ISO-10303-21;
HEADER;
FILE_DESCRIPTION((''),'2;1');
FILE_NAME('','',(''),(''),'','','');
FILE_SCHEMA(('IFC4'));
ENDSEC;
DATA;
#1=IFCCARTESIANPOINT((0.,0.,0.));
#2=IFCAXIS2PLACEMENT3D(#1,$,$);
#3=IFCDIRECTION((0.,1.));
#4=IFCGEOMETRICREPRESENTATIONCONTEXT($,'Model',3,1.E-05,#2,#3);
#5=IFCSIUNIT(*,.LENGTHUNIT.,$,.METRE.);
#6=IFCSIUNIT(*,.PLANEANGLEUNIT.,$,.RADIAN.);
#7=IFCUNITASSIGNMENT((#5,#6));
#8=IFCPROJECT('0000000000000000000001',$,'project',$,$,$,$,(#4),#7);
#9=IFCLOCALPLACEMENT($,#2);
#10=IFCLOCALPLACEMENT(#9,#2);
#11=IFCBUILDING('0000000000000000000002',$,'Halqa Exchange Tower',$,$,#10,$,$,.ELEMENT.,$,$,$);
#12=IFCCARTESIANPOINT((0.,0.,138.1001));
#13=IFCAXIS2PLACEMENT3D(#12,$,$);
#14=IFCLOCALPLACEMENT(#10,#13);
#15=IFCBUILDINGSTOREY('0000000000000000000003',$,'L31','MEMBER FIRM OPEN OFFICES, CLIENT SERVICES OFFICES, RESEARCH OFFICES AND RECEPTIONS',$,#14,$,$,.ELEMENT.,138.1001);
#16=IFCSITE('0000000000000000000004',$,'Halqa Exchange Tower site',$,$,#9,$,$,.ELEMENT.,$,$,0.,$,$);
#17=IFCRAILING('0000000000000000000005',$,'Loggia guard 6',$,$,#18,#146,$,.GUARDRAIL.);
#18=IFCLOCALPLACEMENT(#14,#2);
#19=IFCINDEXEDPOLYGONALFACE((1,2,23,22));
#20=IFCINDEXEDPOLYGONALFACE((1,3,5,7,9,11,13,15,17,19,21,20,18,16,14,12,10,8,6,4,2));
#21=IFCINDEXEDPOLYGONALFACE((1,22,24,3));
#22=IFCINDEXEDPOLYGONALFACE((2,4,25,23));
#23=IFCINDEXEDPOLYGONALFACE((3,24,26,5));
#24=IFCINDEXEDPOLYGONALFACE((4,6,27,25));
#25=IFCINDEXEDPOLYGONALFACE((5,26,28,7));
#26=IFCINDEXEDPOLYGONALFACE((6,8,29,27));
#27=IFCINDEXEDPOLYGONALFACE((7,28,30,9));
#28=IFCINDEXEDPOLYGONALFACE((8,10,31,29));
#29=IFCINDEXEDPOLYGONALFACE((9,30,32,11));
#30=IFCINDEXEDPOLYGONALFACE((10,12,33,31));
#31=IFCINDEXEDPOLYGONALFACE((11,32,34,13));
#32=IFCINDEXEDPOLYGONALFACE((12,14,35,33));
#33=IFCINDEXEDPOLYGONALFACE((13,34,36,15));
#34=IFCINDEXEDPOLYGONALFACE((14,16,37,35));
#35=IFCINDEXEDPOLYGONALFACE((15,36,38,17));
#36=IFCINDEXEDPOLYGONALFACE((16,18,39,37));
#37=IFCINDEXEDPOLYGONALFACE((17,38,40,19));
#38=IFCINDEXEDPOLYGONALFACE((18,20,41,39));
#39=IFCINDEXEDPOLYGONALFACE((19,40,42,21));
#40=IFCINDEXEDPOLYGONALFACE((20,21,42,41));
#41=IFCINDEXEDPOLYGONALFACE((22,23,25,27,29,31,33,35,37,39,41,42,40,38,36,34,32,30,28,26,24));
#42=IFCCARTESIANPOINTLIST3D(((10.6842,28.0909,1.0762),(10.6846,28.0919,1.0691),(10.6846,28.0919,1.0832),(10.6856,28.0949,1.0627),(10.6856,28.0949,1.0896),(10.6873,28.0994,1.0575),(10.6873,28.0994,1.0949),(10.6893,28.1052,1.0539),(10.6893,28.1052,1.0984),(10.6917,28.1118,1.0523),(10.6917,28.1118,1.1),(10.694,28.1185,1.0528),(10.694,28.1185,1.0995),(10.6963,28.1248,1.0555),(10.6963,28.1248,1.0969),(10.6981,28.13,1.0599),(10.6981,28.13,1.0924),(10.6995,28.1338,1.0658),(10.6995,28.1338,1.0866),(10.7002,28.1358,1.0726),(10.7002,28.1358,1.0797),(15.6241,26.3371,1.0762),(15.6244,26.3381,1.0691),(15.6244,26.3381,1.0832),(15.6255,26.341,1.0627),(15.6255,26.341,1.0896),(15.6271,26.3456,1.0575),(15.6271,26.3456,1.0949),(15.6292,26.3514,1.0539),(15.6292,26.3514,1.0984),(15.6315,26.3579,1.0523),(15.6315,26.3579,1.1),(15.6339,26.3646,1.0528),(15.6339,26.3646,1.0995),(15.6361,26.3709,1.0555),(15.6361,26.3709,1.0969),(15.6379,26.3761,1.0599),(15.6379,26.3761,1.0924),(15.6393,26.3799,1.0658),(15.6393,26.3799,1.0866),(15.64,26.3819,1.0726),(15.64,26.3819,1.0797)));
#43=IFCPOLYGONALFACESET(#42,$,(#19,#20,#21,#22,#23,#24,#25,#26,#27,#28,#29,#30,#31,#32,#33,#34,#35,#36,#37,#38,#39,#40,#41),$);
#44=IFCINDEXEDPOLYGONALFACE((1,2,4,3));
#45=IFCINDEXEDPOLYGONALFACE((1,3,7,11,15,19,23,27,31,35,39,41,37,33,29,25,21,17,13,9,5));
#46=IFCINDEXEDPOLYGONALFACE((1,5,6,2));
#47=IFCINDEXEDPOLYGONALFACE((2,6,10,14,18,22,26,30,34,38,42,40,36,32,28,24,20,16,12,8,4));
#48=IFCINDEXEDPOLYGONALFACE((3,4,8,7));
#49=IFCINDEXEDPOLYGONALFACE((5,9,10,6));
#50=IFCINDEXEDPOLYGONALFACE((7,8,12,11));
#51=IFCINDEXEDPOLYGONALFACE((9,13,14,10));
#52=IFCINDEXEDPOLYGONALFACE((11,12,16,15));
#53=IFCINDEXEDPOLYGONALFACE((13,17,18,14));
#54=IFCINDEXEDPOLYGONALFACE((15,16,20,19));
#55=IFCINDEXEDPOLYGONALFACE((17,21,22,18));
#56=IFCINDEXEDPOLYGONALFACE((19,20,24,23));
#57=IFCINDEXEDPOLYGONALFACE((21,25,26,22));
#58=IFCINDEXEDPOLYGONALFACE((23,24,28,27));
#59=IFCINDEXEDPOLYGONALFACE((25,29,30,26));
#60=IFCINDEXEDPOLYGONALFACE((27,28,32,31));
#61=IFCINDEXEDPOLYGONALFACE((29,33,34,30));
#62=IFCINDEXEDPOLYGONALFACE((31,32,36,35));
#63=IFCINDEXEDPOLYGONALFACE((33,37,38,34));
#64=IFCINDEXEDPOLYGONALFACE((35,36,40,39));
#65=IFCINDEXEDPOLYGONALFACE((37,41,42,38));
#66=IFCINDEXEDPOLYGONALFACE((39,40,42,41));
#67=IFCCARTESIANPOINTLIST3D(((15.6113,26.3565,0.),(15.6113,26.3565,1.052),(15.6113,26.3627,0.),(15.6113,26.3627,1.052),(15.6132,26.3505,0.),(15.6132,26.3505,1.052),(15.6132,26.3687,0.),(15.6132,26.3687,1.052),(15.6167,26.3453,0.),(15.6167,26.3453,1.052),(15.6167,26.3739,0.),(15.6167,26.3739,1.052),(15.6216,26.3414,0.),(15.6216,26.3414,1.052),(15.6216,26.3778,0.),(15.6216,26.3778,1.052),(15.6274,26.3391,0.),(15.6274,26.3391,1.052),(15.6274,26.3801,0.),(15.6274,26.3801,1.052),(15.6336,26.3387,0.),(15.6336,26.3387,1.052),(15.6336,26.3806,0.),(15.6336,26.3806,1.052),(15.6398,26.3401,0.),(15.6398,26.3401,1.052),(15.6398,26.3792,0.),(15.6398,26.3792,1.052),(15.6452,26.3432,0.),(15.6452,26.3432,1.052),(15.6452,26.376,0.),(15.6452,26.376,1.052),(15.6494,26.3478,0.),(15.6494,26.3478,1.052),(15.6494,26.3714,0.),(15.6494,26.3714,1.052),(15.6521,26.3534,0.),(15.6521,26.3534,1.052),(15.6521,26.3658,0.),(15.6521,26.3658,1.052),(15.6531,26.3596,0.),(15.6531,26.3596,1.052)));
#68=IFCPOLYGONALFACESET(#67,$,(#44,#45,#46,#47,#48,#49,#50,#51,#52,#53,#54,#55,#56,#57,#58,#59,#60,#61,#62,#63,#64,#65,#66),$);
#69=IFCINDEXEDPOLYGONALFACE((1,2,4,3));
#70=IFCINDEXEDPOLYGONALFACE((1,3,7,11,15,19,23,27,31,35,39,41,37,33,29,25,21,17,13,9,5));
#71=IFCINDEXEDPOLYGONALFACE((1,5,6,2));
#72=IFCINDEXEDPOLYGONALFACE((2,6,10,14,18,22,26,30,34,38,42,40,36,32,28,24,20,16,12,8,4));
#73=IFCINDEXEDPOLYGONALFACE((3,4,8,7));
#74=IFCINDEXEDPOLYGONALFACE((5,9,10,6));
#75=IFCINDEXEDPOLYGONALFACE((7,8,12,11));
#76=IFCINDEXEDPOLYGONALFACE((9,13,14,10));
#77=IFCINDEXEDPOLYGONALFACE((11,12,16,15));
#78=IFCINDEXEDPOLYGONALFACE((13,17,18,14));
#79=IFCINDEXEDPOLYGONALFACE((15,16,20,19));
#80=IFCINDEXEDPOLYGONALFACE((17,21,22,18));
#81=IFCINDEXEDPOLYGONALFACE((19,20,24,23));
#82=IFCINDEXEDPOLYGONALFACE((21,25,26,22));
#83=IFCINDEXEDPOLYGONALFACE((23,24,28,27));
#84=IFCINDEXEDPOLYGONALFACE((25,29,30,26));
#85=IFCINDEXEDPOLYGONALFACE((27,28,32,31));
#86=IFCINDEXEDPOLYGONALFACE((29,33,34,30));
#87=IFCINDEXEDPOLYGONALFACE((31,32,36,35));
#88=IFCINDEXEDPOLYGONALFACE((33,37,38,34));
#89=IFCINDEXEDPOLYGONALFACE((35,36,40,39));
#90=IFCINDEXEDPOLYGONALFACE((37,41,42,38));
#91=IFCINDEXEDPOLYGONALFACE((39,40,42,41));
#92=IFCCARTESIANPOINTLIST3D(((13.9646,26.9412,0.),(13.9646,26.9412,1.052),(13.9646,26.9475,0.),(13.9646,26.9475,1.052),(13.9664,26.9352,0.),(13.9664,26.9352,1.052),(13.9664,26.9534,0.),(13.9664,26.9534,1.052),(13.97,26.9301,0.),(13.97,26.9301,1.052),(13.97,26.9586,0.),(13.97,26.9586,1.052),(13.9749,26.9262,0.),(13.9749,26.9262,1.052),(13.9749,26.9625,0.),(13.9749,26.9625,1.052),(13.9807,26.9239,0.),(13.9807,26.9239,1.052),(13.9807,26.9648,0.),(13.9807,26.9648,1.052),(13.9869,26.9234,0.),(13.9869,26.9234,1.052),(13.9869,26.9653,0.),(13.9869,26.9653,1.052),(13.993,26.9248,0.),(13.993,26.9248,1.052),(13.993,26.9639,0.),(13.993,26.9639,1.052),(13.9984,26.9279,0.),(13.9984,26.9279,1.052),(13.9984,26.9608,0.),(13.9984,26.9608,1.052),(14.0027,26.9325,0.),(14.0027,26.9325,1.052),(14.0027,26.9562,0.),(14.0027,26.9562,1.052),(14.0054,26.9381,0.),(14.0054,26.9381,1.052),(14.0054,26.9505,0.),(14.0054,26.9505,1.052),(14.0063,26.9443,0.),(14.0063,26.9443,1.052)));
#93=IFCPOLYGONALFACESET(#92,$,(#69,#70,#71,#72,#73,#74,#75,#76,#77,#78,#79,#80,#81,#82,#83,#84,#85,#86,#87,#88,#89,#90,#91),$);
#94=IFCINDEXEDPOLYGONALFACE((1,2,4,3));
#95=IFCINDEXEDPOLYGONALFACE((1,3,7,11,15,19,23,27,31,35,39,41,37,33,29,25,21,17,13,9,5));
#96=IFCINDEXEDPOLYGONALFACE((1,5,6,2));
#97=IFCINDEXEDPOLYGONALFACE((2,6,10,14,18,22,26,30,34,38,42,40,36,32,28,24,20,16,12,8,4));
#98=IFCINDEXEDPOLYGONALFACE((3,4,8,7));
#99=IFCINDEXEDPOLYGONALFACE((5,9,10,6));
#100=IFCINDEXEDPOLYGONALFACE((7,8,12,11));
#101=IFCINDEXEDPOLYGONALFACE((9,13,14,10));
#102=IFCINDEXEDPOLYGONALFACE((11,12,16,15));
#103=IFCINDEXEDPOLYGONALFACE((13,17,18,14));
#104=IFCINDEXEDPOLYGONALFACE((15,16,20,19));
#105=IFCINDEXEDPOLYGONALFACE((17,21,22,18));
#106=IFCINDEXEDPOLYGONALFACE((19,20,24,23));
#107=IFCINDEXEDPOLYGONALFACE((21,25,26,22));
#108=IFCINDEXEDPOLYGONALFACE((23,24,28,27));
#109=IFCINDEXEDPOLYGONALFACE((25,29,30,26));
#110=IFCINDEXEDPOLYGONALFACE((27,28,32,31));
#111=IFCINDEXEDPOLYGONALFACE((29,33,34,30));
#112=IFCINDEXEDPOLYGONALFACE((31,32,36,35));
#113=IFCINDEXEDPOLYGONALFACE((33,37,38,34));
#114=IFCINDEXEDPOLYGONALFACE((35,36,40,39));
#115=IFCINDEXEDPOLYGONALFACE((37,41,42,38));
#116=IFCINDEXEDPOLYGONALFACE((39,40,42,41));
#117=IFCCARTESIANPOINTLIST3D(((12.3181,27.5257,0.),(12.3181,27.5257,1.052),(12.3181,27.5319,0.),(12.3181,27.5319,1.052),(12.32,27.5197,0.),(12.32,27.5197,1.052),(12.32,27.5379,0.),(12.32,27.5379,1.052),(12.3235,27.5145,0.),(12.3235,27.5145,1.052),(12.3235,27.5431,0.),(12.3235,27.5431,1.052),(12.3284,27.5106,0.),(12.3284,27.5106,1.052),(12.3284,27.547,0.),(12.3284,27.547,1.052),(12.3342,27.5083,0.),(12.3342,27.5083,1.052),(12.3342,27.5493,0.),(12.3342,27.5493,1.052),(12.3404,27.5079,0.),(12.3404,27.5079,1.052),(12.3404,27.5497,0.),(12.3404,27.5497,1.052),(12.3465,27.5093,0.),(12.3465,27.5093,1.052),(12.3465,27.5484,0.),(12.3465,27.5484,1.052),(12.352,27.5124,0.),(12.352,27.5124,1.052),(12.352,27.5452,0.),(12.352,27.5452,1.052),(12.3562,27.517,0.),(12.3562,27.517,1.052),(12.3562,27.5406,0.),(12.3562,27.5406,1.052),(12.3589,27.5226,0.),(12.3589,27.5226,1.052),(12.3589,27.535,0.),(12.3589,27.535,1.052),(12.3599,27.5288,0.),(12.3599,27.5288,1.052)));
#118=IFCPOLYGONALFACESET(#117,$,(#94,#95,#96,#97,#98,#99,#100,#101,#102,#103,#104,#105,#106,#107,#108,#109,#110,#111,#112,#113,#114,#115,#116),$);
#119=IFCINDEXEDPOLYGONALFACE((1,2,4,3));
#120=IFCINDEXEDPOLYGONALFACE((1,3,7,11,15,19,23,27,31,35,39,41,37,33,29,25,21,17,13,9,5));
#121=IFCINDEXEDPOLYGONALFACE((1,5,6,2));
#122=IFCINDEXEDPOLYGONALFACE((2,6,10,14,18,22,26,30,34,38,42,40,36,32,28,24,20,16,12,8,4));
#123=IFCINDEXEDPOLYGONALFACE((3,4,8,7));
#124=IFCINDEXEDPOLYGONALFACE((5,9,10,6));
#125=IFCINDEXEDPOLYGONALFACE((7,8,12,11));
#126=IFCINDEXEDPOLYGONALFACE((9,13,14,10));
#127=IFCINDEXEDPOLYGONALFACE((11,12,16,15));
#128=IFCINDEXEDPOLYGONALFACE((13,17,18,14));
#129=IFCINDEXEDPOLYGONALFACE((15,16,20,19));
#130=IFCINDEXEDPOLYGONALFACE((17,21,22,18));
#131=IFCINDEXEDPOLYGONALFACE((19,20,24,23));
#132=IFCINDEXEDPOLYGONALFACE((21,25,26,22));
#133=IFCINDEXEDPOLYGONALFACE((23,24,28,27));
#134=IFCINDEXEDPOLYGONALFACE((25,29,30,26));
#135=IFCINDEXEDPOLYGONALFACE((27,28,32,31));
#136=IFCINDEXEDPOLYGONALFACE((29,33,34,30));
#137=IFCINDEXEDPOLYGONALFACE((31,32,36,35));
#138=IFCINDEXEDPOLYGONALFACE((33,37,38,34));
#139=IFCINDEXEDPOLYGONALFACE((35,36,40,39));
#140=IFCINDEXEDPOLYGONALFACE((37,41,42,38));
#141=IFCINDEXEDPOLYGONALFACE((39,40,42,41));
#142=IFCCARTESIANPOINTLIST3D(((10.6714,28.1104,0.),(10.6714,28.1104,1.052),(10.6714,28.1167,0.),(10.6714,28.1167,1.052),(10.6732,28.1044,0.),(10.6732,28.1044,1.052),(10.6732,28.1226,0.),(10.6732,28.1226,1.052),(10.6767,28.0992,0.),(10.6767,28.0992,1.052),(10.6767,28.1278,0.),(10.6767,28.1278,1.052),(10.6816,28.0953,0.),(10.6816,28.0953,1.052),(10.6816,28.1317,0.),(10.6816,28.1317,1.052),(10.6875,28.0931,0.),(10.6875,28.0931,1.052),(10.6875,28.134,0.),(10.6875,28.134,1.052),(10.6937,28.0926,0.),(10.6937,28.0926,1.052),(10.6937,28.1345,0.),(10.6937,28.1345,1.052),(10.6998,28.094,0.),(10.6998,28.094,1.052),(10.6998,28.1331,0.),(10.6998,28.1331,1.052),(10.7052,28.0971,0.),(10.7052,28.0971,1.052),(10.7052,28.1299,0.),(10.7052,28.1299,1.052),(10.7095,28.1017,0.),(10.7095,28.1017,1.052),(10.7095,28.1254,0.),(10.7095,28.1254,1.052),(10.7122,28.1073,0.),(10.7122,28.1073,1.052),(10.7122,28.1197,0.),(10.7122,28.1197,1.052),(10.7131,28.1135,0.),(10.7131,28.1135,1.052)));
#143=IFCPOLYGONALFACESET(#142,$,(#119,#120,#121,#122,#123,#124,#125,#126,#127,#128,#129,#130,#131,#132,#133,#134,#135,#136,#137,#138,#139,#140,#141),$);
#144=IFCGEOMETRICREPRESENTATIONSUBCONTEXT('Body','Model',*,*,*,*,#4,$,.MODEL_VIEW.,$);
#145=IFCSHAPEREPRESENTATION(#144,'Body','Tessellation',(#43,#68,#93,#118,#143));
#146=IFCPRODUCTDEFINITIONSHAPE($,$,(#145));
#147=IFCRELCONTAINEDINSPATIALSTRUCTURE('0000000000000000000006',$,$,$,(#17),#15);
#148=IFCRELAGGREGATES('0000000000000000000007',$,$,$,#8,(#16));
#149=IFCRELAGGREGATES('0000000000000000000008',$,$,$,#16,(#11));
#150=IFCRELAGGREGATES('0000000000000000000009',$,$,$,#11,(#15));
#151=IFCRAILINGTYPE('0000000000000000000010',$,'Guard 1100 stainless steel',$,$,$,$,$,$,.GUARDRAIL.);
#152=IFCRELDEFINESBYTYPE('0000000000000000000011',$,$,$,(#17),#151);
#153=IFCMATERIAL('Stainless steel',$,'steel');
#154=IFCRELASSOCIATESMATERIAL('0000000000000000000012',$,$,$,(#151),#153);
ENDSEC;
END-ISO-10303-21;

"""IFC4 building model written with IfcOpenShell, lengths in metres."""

from ifc_helpers import new_model, si_unit, direction, frame, origin, origin_2d, place, context, subcontext, project, spatial, circle, extrude, material, type_object, element, save


model = new_model("IFC4")

# Units and contexts
model_context = context("Model", 3, precision=1e-05, world=origin(), true_north=direction((0.0, 1.0)))
body_context = subcontext(model_context, "Body", "Model", "MODEL_VIEW")
ifc_project = project(units=[si_unit("LENGTHUNIT", "METRE"), si_unit("PLANEANGLEUNIT", "RADIAN")], contexts=[model_context])

# Site, building, storey
site_placement = place(None, origin())
site = spatial("IfcSite", under=ifc_project, at=site_placement, Name="Halqa Exchange Tower site", CompositionType="ELEMENT", RefElevation=0.0)
building_placement = place(site_placement, origin())
building = spatial("IfcBuilding", under=site, at=building_placement, Name="Halqa Exchange Tower", CompositionType="ELEMENT")
storey_placement = place(building_placement, frame((0.0, 0.0, 138.1001)))
storey = spatial("IfcBuildingStorey", under=building, at=storey_placement, Name="L31", Description="MEMBER FIRM OPEN OFFICES, CLIENT SERVICES OFFICES, RESEARCH OFFICES AND RECEPTIONS", CompositionType="ELEMENT", Elevation=138.1001)

# Railing
ifc_material_1 = material(Name="Stainless steel", Category="steel")
railing_type = type_object("IfcRailingType", Name="Guard 1100 stainless steel", PredefinedType="GUARDRAIL", material=ifc_material_1)
railing_1_placement = place(storey_placement, frame((15.6321, 26.3596, 0.0)))
element("IfcRailing", 1, at=railing_1_placement, inside=storey, type_object=railing_type, Name="Loggia guard 6", PredefinedType="GUARDRAIL", context=body_context, shape_type="SweptSolid", body=[
    extrude(circle(Radius=0.0239, at=origin_2d()), frame((0.0, 0.0, 1.0762), z_axis=(-0.942366, 0.334583, 0.0), x_axis=(-0.334583, -0.942366, 0.0)), (0.0, 0.0, 1.0), 5.2419),
    extrude(circle(Radius=0.021, at=origin_2d()), origin(), (0.0, 0.0, 1.0), 1.052),
    extrude(circle(Radius=0.021, at=origin_2d()), frame((-1.6467, 0.5847, 0.0)), (0.0, 0.0, 1.0), 1.052),
    extrude(circle(Radius=0.021, at=origin_2d()), frame((-3.2932, 1.1692, 0.0)), (0.0, 0.0, 1.0), 1.052),
    extrude(circle(Radius=0.021, at=origin_2d()), frame((-4.9399, 1.7539, 0.0)), (0.0, 0.0, 1.0), 1.052),
])

save(model, "model.ifc")
